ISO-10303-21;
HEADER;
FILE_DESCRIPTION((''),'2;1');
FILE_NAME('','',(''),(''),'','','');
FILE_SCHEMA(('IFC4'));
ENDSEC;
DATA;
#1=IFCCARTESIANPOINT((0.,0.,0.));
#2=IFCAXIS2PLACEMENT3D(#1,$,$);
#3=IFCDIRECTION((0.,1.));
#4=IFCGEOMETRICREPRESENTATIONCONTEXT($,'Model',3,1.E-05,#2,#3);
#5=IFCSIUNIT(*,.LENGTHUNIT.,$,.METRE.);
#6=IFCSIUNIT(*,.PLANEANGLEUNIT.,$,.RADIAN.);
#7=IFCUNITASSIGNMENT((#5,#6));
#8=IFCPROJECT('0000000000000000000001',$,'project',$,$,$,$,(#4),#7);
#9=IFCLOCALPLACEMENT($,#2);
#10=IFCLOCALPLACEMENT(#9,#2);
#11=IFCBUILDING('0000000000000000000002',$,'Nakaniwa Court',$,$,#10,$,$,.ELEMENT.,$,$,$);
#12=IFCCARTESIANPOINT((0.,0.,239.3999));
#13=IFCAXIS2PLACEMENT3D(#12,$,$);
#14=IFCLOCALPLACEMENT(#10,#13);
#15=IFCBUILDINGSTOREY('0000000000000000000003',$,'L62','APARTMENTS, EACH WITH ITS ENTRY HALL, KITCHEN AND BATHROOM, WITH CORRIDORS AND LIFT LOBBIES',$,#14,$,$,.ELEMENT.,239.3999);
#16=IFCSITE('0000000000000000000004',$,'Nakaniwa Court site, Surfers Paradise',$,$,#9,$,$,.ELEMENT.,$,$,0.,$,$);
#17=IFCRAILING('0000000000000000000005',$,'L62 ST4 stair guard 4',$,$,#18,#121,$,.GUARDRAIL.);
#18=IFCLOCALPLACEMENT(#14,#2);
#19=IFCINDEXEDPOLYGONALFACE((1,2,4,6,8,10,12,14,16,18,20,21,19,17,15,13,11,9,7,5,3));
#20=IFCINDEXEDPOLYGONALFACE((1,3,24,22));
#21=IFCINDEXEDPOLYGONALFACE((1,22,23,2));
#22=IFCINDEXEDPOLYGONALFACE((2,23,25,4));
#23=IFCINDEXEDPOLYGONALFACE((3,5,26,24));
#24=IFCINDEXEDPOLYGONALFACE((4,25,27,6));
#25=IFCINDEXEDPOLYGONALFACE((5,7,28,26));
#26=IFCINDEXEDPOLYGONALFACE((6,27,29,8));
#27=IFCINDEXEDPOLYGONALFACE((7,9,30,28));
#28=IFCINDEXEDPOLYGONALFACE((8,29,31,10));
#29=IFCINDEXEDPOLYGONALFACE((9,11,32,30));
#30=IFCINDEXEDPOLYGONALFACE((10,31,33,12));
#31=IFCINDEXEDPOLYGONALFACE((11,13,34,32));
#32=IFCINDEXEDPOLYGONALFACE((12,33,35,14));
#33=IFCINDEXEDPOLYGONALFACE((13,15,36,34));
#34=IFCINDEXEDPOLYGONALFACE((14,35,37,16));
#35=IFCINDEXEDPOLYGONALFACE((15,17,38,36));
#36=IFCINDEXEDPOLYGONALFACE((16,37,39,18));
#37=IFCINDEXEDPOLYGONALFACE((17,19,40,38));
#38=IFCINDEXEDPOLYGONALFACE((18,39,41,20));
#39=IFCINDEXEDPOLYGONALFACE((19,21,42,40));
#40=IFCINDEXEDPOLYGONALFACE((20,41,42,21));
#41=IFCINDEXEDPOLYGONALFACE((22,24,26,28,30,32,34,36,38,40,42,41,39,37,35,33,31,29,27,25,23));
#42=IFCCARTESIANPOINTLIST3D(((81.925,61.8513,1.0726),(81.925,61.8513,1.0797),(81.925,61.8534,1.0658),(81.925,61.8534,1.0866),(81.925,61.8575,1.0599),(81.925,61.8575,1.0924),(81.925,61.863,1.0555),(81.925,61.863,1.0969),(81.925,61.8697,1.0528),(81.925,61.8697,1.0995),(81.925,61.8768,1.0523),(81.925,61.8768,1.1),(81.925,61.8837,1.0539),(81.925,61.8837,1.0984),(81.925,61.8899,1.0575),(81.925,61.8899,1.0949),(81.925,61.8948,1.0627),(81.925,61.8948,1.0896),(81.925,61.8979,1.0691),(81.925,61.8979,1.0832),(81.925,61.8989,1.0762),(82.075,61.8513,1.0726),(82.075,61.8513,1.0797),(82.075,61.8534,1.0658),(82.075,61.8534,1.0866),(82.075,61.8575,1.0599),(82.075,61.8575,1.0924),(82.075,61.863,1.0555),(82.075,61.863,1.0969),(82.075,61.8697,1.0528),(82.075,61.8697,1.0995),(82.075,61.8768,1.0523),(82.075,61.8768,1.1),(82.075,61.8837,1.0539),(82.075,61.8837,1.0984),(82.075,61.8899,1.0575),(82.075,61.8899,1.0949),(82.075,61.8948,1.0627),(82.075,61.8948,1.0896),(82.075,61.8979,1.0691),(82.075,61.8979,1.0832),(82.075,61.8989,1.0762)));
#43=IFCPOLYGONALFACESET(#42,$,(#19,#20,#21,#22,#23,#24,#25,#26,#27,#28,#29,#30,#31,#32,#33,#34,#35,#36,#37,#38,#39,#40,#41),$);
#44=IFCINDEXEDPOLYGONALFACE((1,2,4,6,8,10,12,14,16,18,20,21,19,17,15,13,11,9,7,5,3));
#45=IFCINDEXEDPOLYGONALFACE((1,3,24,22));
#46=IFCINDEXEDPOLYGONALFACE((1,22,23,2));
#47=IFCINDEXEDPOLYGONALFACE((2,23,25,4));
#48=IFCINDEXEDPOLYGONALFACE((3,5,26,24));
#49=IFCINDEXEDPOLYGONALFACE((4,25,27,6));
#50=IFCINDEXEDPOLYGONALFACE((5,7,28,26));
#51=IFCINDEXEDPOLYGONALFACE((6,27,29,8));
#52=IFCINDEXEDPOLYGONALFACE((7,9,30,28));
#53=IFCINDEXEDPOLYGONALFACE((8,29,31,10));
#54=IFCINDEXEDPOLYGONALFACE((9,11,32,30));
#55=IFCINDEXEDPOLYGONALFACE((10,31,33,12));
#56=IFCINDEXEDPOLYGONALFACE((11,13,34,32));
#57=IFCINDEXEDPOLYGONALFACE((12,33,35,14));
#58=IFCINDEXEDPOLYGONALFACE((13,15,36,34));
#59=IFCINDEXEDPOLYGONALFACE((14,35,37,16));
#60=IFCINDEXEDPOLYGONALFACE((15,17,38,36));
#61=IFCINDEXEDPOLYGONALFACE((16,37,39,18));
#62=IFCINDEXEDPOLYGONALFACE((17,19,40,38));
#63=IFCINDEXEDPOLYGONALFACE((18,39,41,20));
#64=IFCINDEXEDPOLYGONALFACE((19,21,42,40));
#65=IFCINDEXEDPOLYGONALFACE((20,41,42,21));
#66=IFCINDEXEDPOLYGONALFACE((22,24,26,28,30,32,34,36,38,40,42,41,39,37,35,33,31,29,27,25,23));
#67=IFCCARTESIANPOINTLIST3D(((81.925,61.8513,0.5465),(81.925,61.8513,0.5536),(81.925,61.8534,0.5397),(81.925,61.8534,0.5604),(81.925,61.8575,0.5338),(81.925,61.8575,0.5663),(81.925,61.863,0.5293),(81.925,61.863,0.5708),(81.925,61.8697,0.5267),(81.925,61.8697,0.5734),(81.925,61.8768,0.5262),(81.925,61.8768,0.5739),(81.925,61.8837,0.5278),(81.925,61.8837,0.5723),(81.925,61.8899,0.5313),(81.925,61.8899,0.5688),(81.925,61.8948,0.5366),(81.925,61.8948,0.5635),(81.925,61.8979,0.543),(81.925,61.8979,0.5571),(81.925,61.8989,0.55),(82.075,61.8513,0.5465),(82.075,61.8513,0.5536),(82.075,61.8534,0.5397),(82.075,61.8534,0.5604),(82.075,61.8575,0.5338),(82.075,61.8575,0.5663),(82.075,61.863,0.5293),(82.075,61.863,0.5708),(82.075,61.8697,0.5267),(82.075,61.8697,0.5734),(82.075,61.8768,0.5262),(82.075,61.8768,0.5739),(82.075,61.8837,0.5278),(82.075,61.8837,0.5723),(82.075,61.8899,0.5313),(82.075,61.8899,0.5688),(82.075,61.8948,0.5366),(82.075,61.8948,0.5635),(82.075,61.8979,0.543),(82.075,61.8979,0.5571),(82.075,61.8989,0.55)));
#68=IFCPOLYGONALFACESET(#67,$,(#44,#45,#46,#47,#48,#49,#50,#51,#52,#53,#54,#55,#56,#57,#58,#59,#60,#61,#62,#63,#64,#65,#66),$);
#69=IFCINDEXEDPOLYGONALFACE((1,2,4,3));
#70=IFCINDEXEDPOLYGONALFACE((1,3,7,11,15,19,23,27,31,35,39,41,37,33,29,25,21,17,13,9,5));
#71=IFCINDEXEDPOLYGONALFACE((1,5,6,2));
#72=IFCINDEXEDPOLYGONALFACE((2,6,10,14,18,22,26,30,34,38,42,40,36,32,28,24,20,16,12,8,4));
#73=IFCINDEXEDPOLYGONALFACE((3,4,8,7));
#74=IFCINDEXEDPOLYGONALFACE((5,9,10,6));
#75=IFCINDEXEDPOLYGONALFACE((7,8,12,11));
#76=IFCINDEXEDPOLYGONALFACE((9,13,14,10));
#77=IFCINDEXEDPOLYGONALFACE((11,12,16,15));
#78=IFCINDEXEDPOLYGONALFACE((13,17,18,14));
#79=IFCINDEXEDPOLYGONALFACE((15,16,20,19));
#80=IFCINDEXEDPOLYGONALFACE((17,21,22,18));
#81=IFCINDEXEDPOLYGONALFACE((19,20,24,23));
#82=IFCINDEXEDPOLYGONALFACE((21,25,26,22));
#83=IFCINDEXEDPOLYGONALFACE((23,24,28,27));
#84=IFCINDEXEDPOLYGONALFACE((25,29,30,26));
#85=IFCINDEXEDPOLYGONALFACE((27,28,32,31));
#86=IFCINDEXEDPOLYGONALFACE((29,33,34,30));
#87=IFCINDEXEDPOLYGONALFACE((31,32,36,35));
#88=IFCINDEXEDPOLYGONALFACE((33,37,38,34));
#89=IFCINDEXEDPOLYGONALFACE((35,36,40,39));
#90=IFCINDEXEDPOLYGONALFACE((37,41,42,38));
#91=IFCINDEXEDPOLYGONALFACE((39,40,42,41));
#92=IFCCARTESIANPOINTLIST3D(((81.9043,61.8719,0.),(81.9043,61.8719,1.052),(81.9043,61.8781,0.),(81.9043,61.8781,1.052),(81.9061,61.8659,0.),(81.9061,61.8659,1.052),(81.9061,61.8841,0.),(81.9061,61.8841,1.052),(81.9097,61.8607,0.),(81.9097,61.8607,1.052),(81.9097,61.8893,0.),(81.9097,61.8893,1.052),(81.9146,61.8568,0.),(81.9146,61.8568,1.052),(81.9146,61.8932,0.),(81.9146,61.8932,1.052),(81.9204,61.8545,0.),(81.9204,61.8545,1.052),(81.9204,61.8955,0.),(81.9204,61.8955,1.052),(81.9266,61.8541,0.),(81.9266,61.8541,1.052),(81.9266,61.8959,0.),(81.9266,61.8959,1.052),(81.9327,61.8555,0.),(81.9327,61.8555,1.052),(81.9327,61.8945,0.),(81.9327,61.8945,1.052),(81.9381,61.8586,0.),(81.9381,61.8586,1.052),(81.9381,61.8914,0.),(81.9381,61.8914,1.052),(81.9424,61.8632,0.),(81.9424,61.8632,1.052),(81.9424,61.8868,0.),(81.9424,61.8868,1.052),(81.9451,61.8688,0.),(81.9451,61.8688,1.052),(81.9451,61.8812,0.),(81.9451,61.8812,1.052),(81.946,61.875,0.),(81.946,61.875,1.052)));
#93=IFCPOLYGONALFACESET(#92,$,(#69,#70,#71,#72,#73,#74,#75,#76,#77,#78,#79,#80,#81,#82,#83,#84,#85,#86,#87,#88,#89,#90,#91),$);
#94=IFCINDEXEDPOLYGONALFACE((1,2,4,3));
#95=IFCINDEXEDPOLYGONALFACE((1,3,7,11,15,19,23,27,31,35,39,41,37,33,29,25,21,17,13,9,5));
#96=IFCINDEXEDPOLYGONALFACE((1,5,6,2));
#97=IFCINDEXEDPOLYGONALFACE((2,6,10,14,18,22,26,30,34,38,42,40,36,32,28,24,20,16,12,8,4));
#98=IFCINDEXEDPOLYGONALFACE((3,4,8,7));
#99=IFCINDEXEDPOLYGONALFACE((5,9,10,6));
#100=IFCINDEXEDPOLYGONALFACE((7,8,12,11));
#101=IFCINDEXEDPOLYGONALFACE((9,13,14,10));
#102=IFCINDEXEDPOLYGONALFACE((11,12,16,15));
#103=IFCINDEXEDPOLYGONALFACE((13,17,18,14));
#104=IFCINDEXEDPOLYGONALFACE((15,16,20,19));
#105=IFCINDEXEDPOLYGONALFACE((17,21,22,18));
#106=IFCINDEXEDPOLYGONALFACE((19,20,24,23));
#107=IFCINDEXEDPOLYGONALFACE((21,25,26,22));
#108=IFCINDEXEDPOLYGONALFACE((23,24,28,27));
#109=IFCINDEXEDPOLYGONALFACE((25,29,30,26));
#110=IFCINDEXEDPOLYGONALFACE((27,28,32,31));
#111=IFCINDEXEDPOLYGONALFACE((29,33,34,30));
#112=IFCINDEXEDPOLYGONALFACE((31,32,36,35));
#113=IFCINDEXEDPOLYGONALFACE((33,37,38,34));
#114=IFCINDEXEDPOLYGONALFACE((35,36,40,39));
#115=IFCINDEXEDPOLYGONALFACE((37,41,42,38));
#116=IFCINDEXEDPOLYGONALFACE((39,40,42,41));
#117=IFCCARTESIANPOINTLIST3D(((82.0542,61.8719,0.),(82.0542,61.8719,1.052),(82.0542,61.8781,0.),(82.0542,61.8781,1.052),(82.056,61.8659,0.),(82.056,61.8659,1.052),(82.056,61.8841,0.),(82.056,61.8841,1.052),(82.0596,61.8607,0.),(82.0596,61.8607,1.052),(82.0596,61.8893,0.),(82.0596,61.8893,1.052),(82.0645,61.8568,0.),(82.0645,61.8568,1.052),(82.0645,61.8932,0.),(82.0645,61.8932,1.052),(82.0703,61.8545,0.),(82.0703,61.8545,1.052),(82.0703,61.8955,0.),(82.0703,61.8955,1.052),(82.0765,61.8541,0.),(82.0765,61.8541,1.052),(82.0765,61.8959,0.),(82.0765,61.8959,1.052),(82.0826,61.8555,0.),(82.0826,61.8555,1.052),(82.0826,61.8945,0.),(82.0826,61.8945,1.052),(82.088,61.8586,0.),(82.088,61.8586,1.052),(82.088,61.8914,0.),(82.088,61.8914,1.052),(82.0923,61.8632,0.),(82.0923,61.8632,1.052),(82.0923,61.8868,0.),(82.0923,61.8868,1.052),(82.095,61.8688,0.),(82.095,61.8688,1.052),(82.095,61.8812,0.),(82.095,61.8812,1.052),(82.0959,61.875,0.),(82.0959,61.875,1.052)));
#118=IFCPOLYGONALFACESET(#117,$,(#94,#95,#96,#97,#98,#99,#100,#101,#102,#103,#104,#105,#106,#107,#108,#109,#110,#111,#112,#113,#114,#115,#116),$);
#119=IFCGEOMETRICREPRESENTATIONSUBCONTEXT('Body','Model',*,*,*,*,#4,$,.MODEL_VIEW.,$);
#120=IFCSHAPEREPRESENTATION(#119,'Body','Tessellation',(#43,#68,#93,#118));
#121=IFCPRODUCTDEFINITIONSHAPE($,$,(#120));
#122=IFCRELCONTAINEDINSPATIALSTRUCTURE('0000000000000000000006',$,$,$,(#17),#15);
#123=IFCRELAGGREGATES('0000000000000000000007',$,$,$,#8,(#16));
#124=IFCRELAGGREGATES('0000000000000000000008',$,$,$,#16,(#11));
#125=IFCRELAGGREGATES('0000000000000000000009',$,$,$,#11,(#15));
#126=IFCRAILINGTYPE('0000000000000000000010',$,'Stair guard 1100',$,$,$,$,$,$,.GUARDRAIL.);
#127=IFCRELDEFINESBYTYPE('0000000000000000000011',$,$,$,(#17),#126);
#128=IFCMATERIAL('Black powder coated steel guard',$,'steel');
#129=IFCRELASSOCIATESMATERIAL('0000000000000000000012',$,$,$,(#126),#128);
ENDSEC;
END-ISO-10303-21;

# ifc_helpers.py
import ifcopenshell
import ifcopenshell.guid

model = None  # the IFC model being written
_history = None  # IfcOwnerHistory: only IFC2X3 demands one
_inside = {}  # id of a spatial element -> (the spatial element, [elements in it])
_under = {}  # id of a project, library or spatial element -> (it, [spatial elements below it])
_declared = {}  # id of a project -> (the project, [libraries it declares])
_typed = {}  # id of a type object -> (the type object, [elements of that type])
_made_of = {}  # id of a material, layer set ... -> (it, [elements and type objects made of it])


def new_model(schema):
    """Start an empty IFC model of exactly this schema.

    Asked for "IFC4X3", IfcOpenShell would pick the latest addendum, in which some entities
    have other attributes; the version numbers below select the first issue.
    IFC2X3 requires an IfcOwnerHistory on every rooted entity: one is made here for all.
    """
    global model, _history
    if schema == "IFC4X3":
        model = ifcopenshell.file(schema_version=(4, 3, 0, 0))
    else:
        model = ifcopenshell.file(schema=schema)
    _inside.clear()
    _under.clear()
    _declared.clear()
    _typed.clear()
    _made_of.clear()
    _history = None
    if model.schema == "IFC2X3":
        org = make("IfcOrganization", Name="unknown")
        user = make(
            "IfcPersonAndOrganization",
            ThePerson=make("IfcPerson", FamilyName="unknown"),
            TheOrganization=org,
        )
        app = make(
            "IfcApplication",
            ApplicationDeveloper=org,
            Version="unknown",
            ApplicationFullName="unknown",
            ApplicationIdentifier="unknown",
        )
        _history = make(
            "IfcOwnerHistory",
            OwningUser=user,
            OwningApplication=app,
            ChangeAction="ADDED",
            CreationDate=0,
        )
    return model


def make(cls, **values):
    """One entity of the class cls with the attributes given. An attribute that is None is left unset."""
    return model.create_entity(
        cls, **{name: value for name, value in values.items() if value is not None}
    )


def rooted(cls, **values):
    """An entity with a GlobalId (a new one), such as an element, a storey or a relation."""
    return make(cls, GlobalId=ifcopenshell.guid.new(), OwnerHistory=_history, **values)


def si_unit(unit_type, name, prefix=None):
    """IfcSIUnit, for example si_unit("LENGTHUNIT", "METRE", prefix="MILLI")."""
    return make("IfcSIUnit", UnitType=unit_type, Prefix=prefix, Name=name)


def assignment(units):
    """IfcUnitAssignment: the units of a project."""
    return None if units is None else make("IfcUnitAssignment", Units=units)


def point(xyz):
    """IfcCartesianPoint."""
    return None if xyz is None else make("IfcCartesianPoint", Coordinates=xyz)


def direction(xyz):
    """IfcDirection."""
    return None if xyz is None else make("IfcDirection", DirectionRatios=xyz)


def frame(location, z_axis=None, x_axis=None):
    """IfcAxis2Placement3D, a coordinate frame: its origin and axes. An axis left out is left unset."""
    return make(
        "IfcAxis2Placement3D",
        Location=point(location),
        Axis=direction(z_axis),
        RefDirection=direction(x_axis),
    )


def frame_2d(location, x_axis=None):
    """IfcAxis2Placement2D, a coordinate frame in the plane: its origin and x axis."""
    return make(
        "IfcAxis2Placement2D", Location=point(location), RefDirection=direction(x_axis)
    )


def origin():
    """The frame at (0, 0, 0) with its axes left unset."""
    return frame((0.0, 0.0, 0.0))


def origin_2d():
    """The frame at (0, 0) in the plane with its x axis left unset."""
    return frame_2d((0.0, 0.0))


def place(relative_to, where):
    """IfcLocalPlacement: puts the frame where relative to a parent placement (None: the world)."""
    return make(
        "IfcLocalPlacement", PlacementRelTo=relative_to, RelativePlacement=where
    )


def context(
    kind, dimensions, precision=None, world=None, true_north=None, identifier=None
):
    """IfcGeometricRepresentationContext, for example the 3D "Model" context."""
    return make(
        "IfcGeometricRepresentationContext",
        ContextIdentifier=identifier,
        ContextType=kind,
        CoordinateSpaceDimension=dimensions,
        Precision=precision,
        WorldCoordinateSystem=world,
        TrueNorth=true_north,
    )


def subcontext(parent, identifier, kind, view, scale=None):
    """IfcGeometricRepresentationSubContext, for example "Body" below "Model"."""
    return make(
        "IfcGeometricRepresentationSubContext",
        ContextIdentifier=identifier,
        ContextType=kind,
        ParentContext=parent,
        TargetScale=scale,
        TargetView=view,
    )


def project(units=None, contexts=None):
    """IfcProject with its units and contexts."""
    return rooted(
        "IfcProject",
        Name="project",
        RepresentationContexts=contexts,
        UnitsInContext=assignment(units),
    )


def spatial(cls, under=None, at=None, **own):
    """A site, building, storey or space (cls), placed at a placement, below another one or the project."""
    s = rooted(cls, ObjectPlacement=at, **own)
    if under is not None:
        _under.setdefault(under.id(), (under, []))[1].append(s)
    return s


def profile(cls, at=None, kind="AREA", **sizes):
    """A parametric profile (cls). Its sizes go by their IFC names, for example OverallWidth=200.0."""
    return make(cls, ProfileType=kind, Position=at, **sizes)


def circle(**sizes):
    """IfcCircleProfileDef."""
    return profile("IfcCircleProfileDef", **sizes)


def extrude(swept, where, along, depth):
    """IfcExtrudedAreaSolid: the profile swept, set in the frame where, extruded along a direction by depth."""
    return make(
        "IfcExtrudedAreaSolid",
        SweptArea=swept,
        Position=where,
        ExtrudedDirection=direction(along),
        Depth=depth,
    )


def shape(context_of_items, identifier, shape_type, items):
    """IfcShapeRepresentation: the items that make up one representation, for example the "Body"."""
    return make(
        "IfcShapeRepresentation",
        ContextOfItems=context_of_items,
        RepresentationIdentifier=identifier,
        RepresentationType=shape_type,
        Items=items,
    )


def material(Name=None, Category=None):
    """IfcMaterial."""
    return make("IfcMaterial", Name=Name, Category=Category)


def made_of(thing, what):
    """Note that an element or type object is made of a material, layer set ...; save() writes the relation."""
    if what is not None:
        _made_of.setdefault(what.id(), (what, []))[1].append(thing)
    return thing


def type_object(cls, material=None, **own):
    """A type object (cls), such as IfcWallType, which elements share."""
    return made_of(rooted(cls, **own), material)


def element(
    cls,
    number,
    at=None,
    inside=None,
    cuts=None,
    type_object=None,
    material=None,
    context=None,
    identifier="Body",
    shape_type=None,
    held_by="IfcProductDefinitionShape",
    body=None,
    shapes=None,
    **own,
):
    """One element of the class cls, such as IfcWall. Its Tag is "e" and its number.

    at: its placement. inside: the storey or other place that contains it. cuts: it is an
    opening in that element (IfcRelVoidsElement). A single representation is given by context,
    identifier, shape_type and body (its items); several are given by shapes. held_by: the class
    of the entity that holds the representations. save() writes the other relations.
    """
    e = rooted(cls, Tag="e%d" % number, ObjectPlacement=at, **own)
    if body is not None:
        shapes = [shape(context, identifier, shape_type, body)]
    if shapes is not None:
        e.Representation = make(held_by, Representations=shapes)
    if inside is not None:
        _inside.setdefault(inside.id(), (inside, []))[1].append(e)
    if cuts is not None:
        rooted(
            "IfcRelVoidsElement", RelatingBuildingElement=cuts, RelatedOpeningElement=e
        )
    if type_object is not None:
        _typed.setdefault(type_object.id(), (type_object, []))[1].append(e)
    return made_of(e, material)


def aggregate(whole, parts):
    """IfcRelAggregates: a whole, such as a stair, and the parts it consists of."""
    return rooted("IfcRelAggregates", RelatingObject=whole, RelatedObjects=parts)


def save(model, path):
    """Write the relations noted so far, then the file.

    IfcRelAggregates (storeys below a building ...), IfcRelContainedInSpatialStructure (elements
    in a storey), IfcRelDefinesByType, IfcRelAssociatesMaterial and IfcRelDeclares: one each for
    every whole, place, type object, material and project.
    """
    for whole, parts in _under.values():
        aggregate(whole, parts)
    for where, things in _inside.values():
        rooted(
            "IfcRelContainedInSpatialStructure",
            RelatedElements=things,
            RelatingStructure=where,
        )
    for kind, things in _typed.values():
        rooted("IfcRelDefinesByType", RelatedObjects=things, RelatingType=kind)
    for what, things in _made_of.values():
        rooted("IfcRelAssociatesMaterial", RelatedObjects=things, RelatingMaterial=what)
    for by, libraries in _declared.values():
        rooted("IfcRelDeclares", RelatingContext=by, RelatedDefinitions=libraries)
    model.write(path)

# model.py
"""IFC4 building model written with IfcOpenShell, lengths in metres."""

from ifc_helpers import new_model, si_unit, direction, frame, origin, origin_2d, place, context, subcontext, project, spatial, circle, extrude, material, type_object, element, save


model = new_model("IFC4")

# Units and contexts
model_context = context("Model", 3, precision=1e-05, world=origin(), true_north=direction((0.0, 1.0)))
body_context = subcontext(model_context, "Body", "Model", "MODEL_VIEW")
ifc_project = project(units=[si_unit("LENGTHUNIT", "METRE"), si_unit("PLANEANGLEUNIT", "RADIAN")], contexts=[model_context])

# Site, building, storey
site_placement = place(None, origin())
site = spatial("IfcSite", under=ifc_project, at=site_placement, Name="Nakaniwa Court site, Surfers Paradise", CompositionType="ELEMENT", RefElevation=0.0)
building_placement = place(site_placement, origin())
building = spatial("IfcBuilding", under=site, at=building_placement, Name="Nakaniwa Court", CompositionType="ELEMENT")
storey_placement = place(building_placement, frame((0.0, 0.0, 239.3999)))
storey = spatial("IfcBuildingStorey", under=building, at=storey_placement, Name="L62", Description="APARTMENTS, EACH WITH ITS ENTRY HALL, KITCHEN AND BATHROOM, WITH CORRIDORS AND LIFT LOBBIES", CompositionType="ELEMENT", Elevation=239.3999)

# Railing
ifc_material_1 = material(Name="Black powder coated steel guard", Category="steel")
railing_type_1 = type_object("IfcRailingType", Name="Stair guard 1100", PredefinedType="GUARDRAIL", material=ifc_material_1)
railing_1_placement = place(storey_placement, frame((81.925, 61.875, 0.0)))
element("IfcRailing", 1, at=railing_1_placement, inside=storey, type_object=railing_type_1, Name="L62 ST4 stair guard 4", PredefinedType="GUARDRAIL", context=body_context, shape_type="SweptSolid", body=[
    extrude(circle(Radius=0.0239, at=origin_2d()), frame((0.0, 0.0, 1.0762), z_axis=(1.0, 0.0, 0.0), x_axis=(0.0, 1.0, 0.0)), (0.0, 0.0, 1.0), 0.1499),
    extrude(circle(Radius=0.0239, at=origin_2d()), frame((0.0, 0.0, 0.55), z_axis=(1.0, 0.0, 0.0), x_axis=(0.0, 1.0, 0.0)), (0.0, 0.0, 1.0), 0.1499),
    extrude(circle(Radius=0.021, at=origin_2d()), origin(), (0.0, 0.0, 1.0), 1.052),
    extrude(circle(Radius=0.021, at=origin_2d()), frame((0.1499, 0.0, 0.0)), (0.0, 0.0, 1.0), 1.052),
])

save(model, "model.ifc")
